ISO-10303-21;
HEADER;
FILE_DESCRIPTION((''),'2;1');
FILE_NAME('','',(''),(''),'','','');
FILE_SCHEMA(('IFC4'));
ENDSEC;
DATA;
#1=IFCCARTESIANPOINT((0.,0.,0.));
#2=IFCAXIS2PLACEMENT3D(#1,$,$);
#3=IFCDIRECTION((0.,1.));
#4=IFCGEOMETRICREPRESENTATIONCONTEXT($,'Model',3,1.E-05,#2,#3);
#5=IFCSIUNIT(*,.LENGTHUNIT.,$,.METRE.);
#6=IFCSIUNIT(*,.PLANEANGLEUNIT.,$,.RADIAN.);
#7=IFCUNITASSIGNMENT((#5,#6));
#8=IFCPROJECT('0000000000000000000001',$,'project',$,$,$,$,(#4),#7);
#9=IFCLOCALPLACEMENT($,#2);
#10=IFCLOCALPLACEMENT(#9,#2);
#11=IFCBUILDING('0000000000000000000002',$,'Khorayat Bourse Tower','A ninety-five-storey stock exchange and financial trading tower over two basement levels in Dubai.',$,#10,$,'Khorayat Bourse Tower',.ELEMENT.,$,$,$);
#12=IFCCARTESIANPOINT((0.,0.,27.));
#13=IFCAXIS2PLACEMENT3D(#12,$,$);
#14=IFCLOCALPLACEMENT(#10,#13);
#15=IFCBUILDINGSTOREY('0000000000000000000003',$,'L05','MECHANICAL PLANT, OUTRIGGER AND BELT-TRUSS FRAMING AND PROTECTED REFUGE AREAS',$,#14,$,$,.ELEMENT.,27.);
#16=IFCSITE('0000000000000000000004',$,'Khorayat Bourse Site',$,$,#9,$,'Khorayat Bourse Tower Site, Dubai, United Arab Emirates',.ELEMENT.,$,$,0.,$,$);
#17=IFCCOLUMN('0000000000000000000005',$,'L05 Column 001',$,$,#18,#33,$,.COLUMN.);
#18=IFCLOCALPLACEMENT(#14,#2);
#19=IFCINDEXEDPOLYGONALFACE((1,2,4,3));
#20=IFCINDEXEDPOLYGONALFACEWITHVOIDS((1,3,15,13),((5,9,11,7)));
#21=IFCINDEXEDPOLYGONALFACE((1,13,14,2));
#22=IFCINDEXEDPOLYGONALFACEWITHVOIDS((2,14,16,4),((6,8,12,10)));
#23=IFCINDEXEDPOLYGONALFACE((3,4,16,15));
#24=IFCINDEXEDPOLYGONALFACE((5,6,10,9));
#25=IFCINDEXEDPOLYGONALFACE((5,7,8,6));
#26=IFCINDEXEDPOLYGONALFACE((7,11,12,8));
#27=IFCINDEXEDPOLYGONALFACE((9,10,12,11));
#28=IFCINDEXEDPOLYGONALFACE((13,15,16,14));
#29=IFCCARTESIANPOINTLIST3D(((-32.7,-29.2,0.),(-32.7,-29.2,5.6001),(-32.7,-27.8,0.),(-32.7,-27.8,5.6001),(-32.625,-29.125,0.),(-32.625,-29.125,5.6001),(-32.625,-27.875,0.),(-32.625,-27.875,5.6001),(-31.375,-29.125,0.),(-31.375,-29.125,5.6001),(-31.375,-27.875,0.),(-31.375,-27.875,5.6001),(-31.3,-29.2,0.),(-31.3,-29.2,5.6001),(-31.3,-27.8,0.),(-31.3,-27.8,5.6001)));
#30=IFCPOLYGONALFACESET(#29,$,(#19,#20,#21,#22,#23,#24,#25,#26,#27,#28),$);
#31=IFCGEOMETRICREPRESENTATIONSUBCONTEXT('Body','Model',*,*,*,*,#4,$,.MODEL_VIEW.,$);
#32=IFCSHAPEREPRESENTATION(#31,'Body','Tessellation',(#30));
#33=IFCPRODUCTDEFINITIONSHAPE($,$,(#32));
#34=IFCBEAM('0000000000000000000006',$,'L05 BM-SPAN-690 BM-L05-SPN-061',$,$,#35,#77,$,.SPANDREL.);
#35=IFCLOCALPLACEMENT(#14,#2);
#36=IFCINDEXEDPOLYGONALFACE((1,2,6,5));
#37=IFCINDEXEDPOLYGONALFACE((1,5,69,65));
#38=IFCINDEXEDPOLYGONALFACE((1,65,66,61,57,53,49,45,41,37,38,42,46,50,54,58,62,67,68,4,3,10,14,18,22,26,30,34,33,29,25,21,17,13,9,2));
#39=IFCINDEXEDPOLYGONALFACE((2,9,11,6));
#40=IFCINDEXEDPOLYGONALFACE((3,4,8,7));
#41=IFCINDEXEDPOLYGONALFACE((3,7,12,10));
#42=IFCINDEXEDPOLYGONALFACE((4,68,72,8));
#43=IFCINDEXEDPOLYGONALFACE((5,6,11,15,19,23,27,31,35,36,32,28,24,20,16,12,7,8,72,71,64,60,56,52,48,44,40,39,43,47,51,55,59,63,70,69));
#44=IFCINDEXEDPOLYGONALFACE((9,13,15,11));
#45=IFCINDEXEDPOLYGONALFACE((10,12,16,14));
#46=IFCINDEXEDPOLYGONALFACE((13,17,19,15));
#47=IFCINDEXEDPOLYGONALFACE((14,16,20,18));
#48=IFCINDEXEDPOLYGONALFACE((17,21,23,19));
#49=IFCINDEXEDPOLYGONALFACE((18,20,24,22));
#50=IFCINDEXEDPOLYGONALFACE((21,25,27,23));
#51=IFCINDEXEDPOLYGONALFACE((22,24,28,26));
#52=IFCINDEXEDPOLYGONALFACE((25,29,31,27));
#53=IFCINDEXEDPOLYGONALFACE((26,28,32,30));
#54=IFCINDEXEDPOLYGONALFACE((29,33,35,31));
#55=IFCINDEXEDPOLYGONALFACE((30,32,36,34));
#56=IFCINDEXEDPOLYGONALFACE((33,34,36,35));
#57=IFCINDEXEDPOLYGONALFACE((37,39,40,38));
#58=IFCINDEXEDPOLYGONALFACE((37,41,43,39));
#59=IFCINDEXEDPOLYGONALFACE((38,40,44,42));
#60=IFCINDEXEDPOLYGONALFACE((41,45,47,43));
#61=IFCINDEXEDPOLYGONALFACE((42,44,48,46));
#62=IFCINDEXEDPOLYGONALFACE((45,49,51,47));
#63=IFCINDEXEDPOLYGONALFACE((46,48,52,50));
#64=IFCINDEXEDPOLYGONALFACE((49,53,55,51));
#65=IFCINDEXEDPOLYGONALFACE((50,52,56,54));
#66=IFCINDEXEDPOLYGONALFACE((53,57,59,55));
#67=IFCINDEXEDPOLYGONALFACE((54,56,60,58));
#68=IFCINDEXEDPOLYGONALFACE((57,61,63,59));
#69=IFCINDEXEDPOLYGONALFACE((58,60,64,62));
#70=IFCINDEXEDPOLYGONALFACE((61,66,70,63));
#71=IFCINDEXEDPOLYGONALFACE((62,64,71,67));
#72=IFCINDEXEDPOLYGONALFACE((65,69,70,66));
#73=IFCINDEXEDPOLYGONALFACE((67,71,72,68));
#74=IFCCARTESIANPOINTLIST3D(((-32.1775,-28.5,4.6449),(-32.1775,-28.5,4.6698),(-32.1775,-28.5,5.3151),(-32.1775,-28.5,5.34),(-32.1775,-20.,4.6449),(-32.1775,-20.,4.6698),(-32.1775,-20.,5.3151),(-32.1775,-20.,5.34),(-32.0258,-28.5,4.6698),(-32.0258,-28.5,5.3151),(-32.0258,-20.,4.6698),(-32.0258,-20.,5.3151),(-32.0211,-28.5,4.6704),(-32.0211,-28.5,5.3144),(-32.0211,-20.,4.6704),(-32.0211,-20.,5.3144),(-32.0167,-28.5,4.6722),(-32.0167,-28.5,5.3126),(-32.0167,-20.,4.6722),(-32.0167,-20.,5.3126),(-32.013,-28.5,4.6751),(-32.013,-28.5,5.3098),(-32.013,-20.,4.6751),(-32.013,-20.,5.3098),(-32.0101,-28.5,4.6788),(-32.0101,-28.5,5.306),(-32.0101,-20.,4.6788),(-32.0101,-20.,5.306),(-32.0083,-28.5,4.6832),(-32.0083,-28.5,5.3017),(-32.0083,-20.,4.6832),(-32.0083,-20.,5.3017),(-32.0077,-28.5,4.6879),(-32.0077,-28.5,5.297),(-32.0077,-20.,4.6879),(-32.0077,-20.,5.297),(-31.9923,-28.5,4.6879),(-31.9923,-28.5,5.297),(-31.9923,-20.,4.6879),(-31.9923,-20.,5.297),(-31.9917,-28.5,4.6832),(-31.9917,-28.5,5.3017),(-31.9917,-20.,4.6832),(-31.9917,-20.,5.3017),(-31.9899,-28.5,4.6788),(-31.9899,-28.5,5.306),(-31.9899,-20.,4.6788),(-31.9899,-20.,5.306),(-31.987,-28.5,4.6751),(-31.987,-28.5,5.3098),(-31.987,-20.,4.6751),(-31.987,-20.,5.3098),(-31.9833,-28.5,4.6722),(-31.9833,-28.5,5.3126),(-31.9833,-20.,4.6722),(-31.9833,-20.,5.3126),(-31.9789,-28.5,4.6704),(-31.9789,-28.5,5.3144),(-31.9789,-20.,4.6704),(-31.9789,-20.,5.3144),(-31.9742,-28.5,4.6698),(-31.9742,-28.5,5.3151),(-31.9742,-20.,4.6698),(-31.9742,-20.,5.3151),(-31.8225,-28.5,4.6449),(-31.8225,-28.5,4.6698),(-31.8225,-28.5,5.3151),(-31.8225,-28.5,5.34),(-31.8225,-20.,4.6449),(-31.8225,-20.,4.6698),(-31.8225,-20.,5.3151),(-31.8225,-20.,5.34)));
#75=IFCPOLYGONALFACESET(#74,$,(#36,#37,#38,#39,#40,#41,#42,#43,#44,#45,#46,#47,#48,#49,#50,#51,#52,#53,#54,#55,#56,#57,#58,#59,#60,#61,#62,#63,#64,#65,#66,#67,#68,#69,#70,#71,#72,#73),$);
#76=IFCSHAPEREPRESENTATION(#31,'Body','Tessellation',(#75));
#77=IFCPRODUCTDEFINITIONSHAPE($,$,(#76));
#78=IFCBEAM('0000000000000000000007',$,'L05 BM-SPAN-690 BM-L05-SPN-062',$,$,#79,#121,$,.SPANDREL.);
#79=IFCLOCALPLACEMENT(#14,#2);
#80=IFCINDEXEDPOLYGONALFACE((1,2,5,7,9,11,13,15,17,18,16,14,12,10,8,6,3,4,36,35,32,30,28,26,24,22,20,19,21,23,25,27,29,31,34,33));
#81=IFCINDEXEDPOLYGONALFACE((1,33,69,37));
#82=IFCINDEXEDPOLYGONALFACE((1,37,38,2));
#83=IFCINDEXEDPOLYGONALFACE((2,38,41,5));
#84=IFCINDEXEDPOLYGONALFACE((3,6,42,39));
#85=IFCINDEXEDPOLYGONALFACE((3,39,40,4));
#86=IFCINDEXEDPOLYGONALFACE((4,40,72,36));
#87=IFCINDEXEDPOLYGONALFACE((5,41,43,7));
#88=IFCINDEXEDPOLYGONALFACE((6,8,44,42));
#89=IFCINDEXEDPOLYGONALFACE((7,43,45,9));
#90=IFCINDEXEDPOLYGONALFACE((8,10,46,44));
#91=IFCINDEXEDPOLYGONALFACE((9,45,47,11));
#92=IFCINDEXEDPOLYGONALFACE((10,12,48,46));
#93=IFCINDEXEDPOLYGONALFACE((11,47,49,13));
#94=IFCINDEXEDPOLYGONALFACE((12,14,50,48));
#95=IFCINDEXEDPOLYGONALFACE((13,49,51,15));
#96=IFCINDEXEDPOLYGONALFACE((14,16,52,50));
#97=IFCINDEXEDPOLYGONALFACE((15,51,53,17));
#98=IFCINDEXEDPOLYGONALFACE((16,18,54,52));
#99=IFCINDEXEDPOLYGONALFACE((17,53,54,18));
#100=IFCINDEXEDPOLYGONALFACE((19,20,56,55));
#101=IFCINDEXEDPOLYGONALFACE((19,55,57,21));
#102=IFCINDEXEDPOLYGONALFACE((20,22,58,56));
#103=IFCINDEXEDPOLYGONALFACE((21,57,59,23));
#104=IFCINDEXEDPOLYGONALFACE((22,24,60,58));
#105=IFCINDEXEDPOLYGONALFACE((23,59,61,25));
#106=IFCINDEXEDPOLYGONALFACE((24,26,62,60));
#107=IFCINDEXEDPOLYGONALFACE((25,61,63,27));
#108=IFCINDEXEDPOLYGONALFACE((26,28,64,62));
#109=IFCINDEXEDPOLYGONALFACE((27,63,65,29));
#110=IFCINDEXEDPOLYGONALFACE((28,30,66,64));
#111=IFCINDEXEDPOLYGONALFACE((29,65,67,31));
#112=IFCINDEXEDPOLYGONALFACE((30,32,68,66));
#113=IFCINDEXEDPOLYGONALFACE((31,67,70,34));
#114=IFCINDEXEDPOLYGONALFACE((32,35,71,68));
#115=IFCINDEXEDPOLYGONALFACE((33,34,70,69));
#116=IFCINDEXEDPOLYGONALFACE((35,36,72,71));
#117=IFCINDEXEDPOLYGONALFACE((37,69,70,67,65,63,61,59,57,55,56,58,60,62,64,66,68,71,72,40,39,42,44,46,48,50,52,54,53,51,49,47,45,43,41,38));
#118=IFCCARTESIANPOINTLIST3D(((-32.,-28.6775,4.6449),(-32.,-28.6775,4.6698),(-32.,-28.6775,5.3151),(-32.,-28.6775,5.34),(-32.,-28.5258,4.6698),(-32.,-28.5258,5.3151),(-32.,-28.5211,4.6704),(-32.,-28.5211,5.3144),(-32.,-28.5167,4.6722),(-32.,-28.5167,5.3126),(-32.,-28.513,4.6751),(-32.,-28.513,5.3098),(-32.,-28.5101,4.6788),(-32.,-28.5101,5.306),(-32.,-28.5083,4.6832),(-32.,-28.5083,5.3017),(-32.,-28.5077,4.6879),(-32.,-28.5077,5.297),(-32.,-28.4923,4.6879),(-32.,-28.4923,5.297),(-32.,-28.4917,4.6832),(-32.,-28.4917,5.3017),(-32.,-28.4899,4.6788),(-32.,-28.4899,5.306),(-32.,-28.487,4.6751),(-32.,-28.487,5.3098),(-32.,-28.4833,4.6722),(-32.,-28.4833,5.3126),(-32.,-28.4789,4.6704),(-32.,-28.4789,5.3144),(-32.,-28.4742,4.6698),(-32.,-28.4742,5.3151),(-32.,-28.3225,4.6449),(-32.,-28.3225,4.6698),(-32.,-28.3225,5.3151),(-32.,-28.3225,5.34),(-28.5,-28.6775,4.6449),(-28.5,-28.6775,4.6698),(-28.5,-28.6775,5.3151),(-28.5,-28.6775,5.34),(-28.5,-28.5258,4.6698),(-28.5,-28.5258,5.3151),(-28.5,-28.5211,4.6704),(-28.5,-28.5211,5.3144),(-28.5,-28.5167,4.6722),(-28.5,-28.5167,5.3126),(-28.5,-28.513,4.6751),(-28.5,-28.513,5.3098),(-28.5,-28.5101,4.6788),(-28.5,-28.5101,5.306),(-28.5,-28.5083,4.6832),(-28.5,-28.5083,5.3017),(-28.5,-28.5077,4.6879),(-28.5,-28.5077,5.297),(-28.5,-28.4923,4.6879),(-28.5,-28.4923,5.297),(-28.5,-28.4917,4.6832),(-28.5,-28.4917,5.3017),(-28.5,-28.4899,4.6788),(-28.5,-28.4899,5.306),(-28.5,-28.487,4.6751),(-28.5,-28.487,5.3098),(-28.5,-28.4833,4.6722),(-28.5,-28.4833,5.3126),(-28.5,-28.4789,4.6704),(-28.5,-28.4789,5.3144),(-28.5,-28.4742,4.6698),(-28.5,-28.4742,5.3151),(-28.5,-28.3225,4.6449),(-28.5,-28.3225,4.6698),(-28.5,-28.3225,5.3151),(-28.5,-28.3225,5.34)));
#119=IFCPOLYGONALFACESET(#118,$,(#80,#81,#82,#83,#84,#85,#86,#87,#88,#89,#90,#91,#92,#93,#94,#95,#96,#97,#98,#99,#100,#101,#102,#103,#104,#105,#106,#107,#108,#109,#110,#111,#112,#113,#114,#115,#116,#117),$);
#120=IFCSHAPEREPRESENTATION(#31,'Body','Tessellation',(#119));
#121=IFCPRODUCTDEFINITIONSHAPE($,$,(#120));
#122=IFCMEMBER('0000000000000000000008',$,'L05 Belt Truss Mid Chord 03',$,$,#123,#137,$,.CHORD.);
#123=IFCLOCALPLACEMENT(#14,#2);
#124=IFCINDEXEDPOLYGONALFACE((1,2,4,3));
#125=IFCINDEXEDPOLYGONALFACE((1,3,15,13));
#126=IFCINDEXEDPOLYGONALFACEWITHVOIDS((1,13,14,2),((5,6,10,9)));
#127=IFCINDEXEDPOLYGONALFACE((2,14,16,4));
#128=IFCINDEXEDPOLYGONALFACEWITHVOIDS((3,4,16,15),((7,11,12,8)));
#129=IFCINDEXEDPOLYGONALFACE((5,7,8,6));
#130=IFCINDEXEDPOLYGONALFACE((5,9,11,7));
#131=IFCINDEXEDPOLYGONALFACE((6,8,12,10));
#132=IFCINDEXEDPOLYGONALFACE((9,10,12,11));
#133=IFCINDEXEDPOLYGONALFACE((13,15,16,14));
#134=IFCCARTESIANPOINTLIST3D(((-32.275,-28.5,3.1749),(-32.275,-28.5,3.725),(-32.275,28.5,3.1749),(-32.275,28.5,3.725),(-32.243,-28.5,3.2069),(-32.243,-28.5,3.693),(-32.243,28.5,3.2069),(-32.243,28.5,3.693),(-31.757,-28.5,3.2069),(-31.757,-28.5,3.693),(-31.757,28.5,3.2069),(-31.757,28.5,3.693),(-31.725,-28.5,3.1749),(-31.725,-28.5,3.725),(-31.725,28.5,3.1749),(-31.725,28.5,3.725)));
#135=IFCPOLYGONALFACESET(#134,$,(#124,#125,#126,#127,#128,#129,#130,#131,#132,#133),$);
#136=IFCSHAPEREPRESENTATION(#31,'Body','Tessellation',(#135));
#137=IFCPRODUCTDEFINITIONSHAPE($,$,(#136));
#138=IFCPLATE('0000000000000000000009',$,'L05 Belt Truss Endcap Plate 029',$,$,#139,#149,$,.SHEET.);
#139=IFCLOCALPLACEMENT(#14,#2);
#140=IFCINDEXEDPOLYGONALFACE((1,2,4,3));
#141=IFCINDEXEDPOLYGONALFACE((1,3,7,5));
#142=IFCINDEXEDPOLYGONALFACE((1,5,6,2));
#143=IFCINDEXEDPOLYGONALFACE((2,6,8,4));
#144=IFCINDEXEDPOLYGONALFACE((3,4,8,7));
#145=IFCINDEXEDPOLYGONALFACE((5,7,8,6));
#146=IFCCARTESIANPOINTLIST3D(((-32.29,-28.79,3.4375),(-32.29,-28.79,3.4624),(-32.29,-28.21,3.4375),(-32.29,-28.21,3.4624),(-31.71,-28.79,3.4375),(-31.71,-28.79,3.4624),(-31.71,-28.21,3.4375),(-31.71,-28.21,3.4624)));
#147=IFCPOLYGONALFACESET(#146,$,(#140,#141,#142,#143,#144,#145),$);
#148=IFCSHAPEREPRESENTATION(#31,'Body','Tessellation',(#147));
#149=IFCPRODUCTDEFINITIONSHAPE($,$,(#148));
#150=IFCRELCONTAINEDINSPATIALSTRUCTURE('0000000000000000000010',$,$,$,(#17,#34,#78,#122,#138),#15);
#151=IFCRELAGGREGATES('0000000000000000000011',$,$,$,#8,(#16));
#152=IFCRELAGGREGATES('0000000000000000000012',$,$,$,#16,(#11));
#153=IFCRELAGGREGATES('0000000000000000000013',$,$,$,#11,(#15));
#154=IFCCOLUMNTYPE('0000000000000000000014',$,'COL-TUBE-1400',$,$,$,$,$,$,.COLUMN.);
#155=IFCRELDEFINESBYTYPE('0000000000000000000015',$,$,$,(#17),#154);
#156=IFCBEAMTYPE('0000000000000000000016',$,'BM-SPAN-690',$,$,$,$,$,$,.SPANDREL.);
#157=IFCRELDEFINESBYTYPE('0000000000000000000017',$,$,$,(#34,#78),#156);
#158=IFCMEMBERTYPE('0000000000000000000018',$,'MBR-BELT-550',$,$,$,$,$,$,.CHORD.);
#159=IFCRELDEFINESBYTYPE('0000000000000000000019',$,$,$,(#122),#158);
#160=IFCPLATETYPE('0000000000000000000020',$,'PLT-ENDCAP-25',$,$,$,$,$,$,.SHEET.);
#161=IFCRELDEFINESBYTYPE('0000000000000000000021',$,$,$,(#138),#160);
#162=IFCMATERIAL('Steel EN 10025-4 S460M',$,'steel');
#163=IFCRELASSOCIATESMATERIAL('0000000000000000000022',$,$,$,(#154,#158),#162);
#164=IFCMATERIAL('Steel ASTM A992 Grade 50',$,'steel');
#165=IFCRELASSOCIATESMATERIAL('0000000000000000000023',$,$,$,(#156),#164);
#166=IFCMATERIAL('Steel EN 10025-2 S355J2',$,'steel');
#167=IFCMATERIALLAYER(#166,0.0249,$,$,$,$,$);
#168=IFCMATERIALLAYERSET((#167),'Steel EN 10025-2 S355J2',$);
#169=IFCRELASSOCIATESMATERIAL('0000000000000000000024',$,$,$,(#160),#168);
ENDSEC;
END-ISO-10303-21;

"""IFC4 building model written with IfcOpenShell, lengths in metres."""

from ifc_helpers import new_model, si_unit, direction, frame, origin, origin_2d, place, context, subcontext, project, spatial, rectangle, hollow_rectangle, i_section, extrude, source, transform, mapped, material, layer, layer_set, material_profile, profile_set, type_object, element, save


model = new_model("IFC4")

# Units and contexts
model_context = context("Model", 3, precision=1e-05, world=origin(), true_north=direction((0.0, 1.0)))
body_context = subcontext(model_context, "Body", "Model", "MODEL_VIEW")
ifc_project = project(units=[si_unit("LENGTHUNIT", "METRE"), si_unit("PLANEANGLEUNIT", "RADIAN")], contexts=[model_context])

# Site, building, storey
site_placement = place(None, origin())
site = spatial("IfcSite", under=ifc_project, at=site_placement, Name="Khorayat Bourse Site", LongName="Khorayat Bourse Tower Site, Dubai, United Arab Emirates", CompositionType="ELEMENT", RefElevation=0.0)
building_placement = place(site_placement, origin())
building = spatial("IfcBuilding", under=site, at=building_placement, Name="Khorayat Bourse Tower", Description="A ninety-five-storey stock exchange and financial trading tower over two basement levels in Dubai.", LongName="Khorayat Bourse Tower", CompositionType="ELEMENT")
storey_placement = place(building_placement, frame((0.0, 0.0, 27.0)))
storey = spatial("IfcBuildingStorey", under=building, at=storey_placement, Name="L05", Description="MECHANICAL PLANT, OUTRIGGER AND BELT-TRUSS FRAMING AND PROTECTED REFUGE AREAS", CompositionType="ELEMENT", Elevation=27.0)

# Column
ifc_material_1 = material(Name="Steel EN 10025-4 S460M", Category="steel")
ifc_material_profile_1 = material_profile(ifc_material_1, hollow_rectangle(XDim=1.3999, YDim=1.3999, WallThickness=0.075, at=origin_2d()), Name="BOX 1400x1400x75")
ifc_profile_set_1 = profile_set([ifc_material_profile_1], Name="Steel EN 10025-4 S460M")
column_type = type_object("IfcColumnType", Name="COL-TUBE-1400", PredefinedType="COLUMN", material=ifc_profile_set_1)
shared_shape_1 = source(origin(), body_context, "Body", "SweptSolid", [
    extrude(hollow_rectangle(XDim=1.3999, YDim=1.3999, WallThickness=0.075, at=origin_2d()), origin(), (0.0, 0.0, 1.0), 5.6001),
])
column_placement = place(storey_placement, frame((-32.0, -28.5, 0.0), z_axis=(0.0, 0.0, 1.0), x_axis=(1.0, 0.0, 0.0)))
element("IfcColumn", 1, at=column_placement, inside=storey, type_object=column_type, Name="L05 Column 001", PredefinedType="COLUMN", context=body_context, shape_type="MappedRepresentation", body=[
    mapped(shared_shape_1, transform((0.0, 0.0, 0.0), scale=1.0)),
])

# Beams
ifc_material_2 = material(Name="Steel ASTM A992 Grade 50", Category="steel")
ifc_material_profile_2 = material_profile(ifc_material_2, i_section(OverallWidth=0.355, OverallDepth=0.6951, WebThickness=0.0154, FlangeThickness=0.0249, FilletRadius=0.0181, at=origin_2d()), Name="W690X217")
ifc_profile_set_2 = profile_set([ifc_material_profile_2], Name="Steel ASTM A992 Grade 50")
beam_type = type_object("IfcBeamType", Name="BM-SPAN-690", PredefinedType="SPANDREL", material=ifc_profile_set_2)
shared_shape_2 = source(origin(), body_context, "Body", "SweptSolid", [
    extrude(i_section(OverallWidth=0.355, OverallDepth=0.6951, WebThickness=0.0154, FlangeThickness=0.0249, FilletRadius=0.0181, at=origin_2d()), origin(), (0.0, 0.0, 1.0), 8.5),
])
beam_1_placement = place(storey_placement, frame((-32.0, -28.5, 4.9924), z_axis=(0.0, 1.0, 0.0), x_axis=(-1.0, 0.0, 0.0)))
element("IfcBeam", 2, at=beam_1_placement, inside=storey, type_object=beam_type, Name="L05 BM-SPAN-690 BM-L05-SPN-061", PredefinedType="SPANDREL", context=body_context, shape_type="MappedRepresentation", body=[
    mapped(shared_shape_2, transform((0.0, 0.0, 0.0), scale=1.0)),
])
shared_shape_3 = source(origin(), body_context, "Body", "SweptSolid", [
    extrude(i_section(OverallWidth=0.355, OverallDepth=0.6951, WebThickness=0.0154, FlangeThickness=0.0249, FilletRadius=0.0181, at=origin_2d()), origin(), (0.0, 0.0, 1.0), 3.5),
])
beam_2_placement = place(storey_placement, frame((-32.0, -28.5, 4.9924), z_axis=(1.0, 0.0, 0.0), x_axis=(0.0, 1.0, 0.0)))
element("IfcBeam", 3, at=beam_2_placement, inside=storey, type_object=beam_type, Name="L05 BM-SPAN-690 BM-L05-SPN-062", PredefinedType="SPANDREL", context=body_context, shape_type="MappedRepresentation", body=[
    mapped(shared_shape_3, transform((0.0, 0.0, 0.0), scale=1.0)),
])

# Member
ifc_material_profile_3 = material_profile(ifc_material_1, hollow_rectangle(XDim=0.55, YDim=0.55, WallThickness=0.032, at=origin_2d()), Name="HSS 550x550x32")
ifc_profile_set_3 = profile_set([ifc_material_profile_3], Name="Steel EN 10025-4 S460M")
member_type = type_object("IfcMemberType", Name="MBR-BELT-550", PredefinedType="CHORD", material=ifc_profile_set_3)
shared_shape_4 = source(origin(), body_context, "Body", "SweptSolid", [
    extrude(hollow_rectangle(XDim=0.55, YDim=0.55, WallThickness=0.032, at=origin_2d()), origin(), (0.0, 0.0, 1.0), 57.0),
])
member_placement = place(storey_placement, frame((-32.0, -28.5, 3.45), z_axis=(0.0, 1.0, 0.0), x_axis=(-1.0, 0.0, 0.0)))
element("IfcMember", 4, at=member_placement, inside=storey, type_object=member_type, Name="L05 Belt Truss Mid Chord 03", PredefinedType="CHORD", context=body_context, shape_type="MappedRepresentation", body=[
    mapped(shared_shape_4, transform((0.0, 0.0, 0.0), scale=1.0)),
])

# Plate
ifc_material_3 = material(Name="Steel EN 10025-2 S355J2", Category="steel")
ifc_layer_1 = layer(ifc_material_3, 0.0249)
ifc_layer_set_1 = layer_set([ifc_layer_1], Name="Steel EN 10025-2 S355J2")
plate_type = type_object("IfcPlateType", Name="PLT-ENDCAP-25", PredefinedType="SHEET", material=ifc_layer_set_1)
shared_shape_5 = source(origin(), body_context, "Body", "SweptSolid", [
    extrude(rectangle(XDim=0.5801, YDim=0.5801, at=origin_2d()), origin(), (0.0, 0.0, 1.0), 0.0249),
])
plate_placement = place(storey_placement, frame((-32.0, -28.5, 3.4375), z_axis=(0.0, 0.0, 1.0), x_axis=(1.0, 0.0, 0.0)))
element("IfcPlate", 5, at=plate_placement, inside=storey, type_object=plate_type, Name="L05 Belt Truss Endcap Plate 029", PredefinedType="SHEET", context=body_context, shape_type="MappedRepresentation", body=[
    mapped(shared_shape_5, transform((0.0, 0.0, 0.0), scale=1.0)),
])

save(model, "model.ifc")
